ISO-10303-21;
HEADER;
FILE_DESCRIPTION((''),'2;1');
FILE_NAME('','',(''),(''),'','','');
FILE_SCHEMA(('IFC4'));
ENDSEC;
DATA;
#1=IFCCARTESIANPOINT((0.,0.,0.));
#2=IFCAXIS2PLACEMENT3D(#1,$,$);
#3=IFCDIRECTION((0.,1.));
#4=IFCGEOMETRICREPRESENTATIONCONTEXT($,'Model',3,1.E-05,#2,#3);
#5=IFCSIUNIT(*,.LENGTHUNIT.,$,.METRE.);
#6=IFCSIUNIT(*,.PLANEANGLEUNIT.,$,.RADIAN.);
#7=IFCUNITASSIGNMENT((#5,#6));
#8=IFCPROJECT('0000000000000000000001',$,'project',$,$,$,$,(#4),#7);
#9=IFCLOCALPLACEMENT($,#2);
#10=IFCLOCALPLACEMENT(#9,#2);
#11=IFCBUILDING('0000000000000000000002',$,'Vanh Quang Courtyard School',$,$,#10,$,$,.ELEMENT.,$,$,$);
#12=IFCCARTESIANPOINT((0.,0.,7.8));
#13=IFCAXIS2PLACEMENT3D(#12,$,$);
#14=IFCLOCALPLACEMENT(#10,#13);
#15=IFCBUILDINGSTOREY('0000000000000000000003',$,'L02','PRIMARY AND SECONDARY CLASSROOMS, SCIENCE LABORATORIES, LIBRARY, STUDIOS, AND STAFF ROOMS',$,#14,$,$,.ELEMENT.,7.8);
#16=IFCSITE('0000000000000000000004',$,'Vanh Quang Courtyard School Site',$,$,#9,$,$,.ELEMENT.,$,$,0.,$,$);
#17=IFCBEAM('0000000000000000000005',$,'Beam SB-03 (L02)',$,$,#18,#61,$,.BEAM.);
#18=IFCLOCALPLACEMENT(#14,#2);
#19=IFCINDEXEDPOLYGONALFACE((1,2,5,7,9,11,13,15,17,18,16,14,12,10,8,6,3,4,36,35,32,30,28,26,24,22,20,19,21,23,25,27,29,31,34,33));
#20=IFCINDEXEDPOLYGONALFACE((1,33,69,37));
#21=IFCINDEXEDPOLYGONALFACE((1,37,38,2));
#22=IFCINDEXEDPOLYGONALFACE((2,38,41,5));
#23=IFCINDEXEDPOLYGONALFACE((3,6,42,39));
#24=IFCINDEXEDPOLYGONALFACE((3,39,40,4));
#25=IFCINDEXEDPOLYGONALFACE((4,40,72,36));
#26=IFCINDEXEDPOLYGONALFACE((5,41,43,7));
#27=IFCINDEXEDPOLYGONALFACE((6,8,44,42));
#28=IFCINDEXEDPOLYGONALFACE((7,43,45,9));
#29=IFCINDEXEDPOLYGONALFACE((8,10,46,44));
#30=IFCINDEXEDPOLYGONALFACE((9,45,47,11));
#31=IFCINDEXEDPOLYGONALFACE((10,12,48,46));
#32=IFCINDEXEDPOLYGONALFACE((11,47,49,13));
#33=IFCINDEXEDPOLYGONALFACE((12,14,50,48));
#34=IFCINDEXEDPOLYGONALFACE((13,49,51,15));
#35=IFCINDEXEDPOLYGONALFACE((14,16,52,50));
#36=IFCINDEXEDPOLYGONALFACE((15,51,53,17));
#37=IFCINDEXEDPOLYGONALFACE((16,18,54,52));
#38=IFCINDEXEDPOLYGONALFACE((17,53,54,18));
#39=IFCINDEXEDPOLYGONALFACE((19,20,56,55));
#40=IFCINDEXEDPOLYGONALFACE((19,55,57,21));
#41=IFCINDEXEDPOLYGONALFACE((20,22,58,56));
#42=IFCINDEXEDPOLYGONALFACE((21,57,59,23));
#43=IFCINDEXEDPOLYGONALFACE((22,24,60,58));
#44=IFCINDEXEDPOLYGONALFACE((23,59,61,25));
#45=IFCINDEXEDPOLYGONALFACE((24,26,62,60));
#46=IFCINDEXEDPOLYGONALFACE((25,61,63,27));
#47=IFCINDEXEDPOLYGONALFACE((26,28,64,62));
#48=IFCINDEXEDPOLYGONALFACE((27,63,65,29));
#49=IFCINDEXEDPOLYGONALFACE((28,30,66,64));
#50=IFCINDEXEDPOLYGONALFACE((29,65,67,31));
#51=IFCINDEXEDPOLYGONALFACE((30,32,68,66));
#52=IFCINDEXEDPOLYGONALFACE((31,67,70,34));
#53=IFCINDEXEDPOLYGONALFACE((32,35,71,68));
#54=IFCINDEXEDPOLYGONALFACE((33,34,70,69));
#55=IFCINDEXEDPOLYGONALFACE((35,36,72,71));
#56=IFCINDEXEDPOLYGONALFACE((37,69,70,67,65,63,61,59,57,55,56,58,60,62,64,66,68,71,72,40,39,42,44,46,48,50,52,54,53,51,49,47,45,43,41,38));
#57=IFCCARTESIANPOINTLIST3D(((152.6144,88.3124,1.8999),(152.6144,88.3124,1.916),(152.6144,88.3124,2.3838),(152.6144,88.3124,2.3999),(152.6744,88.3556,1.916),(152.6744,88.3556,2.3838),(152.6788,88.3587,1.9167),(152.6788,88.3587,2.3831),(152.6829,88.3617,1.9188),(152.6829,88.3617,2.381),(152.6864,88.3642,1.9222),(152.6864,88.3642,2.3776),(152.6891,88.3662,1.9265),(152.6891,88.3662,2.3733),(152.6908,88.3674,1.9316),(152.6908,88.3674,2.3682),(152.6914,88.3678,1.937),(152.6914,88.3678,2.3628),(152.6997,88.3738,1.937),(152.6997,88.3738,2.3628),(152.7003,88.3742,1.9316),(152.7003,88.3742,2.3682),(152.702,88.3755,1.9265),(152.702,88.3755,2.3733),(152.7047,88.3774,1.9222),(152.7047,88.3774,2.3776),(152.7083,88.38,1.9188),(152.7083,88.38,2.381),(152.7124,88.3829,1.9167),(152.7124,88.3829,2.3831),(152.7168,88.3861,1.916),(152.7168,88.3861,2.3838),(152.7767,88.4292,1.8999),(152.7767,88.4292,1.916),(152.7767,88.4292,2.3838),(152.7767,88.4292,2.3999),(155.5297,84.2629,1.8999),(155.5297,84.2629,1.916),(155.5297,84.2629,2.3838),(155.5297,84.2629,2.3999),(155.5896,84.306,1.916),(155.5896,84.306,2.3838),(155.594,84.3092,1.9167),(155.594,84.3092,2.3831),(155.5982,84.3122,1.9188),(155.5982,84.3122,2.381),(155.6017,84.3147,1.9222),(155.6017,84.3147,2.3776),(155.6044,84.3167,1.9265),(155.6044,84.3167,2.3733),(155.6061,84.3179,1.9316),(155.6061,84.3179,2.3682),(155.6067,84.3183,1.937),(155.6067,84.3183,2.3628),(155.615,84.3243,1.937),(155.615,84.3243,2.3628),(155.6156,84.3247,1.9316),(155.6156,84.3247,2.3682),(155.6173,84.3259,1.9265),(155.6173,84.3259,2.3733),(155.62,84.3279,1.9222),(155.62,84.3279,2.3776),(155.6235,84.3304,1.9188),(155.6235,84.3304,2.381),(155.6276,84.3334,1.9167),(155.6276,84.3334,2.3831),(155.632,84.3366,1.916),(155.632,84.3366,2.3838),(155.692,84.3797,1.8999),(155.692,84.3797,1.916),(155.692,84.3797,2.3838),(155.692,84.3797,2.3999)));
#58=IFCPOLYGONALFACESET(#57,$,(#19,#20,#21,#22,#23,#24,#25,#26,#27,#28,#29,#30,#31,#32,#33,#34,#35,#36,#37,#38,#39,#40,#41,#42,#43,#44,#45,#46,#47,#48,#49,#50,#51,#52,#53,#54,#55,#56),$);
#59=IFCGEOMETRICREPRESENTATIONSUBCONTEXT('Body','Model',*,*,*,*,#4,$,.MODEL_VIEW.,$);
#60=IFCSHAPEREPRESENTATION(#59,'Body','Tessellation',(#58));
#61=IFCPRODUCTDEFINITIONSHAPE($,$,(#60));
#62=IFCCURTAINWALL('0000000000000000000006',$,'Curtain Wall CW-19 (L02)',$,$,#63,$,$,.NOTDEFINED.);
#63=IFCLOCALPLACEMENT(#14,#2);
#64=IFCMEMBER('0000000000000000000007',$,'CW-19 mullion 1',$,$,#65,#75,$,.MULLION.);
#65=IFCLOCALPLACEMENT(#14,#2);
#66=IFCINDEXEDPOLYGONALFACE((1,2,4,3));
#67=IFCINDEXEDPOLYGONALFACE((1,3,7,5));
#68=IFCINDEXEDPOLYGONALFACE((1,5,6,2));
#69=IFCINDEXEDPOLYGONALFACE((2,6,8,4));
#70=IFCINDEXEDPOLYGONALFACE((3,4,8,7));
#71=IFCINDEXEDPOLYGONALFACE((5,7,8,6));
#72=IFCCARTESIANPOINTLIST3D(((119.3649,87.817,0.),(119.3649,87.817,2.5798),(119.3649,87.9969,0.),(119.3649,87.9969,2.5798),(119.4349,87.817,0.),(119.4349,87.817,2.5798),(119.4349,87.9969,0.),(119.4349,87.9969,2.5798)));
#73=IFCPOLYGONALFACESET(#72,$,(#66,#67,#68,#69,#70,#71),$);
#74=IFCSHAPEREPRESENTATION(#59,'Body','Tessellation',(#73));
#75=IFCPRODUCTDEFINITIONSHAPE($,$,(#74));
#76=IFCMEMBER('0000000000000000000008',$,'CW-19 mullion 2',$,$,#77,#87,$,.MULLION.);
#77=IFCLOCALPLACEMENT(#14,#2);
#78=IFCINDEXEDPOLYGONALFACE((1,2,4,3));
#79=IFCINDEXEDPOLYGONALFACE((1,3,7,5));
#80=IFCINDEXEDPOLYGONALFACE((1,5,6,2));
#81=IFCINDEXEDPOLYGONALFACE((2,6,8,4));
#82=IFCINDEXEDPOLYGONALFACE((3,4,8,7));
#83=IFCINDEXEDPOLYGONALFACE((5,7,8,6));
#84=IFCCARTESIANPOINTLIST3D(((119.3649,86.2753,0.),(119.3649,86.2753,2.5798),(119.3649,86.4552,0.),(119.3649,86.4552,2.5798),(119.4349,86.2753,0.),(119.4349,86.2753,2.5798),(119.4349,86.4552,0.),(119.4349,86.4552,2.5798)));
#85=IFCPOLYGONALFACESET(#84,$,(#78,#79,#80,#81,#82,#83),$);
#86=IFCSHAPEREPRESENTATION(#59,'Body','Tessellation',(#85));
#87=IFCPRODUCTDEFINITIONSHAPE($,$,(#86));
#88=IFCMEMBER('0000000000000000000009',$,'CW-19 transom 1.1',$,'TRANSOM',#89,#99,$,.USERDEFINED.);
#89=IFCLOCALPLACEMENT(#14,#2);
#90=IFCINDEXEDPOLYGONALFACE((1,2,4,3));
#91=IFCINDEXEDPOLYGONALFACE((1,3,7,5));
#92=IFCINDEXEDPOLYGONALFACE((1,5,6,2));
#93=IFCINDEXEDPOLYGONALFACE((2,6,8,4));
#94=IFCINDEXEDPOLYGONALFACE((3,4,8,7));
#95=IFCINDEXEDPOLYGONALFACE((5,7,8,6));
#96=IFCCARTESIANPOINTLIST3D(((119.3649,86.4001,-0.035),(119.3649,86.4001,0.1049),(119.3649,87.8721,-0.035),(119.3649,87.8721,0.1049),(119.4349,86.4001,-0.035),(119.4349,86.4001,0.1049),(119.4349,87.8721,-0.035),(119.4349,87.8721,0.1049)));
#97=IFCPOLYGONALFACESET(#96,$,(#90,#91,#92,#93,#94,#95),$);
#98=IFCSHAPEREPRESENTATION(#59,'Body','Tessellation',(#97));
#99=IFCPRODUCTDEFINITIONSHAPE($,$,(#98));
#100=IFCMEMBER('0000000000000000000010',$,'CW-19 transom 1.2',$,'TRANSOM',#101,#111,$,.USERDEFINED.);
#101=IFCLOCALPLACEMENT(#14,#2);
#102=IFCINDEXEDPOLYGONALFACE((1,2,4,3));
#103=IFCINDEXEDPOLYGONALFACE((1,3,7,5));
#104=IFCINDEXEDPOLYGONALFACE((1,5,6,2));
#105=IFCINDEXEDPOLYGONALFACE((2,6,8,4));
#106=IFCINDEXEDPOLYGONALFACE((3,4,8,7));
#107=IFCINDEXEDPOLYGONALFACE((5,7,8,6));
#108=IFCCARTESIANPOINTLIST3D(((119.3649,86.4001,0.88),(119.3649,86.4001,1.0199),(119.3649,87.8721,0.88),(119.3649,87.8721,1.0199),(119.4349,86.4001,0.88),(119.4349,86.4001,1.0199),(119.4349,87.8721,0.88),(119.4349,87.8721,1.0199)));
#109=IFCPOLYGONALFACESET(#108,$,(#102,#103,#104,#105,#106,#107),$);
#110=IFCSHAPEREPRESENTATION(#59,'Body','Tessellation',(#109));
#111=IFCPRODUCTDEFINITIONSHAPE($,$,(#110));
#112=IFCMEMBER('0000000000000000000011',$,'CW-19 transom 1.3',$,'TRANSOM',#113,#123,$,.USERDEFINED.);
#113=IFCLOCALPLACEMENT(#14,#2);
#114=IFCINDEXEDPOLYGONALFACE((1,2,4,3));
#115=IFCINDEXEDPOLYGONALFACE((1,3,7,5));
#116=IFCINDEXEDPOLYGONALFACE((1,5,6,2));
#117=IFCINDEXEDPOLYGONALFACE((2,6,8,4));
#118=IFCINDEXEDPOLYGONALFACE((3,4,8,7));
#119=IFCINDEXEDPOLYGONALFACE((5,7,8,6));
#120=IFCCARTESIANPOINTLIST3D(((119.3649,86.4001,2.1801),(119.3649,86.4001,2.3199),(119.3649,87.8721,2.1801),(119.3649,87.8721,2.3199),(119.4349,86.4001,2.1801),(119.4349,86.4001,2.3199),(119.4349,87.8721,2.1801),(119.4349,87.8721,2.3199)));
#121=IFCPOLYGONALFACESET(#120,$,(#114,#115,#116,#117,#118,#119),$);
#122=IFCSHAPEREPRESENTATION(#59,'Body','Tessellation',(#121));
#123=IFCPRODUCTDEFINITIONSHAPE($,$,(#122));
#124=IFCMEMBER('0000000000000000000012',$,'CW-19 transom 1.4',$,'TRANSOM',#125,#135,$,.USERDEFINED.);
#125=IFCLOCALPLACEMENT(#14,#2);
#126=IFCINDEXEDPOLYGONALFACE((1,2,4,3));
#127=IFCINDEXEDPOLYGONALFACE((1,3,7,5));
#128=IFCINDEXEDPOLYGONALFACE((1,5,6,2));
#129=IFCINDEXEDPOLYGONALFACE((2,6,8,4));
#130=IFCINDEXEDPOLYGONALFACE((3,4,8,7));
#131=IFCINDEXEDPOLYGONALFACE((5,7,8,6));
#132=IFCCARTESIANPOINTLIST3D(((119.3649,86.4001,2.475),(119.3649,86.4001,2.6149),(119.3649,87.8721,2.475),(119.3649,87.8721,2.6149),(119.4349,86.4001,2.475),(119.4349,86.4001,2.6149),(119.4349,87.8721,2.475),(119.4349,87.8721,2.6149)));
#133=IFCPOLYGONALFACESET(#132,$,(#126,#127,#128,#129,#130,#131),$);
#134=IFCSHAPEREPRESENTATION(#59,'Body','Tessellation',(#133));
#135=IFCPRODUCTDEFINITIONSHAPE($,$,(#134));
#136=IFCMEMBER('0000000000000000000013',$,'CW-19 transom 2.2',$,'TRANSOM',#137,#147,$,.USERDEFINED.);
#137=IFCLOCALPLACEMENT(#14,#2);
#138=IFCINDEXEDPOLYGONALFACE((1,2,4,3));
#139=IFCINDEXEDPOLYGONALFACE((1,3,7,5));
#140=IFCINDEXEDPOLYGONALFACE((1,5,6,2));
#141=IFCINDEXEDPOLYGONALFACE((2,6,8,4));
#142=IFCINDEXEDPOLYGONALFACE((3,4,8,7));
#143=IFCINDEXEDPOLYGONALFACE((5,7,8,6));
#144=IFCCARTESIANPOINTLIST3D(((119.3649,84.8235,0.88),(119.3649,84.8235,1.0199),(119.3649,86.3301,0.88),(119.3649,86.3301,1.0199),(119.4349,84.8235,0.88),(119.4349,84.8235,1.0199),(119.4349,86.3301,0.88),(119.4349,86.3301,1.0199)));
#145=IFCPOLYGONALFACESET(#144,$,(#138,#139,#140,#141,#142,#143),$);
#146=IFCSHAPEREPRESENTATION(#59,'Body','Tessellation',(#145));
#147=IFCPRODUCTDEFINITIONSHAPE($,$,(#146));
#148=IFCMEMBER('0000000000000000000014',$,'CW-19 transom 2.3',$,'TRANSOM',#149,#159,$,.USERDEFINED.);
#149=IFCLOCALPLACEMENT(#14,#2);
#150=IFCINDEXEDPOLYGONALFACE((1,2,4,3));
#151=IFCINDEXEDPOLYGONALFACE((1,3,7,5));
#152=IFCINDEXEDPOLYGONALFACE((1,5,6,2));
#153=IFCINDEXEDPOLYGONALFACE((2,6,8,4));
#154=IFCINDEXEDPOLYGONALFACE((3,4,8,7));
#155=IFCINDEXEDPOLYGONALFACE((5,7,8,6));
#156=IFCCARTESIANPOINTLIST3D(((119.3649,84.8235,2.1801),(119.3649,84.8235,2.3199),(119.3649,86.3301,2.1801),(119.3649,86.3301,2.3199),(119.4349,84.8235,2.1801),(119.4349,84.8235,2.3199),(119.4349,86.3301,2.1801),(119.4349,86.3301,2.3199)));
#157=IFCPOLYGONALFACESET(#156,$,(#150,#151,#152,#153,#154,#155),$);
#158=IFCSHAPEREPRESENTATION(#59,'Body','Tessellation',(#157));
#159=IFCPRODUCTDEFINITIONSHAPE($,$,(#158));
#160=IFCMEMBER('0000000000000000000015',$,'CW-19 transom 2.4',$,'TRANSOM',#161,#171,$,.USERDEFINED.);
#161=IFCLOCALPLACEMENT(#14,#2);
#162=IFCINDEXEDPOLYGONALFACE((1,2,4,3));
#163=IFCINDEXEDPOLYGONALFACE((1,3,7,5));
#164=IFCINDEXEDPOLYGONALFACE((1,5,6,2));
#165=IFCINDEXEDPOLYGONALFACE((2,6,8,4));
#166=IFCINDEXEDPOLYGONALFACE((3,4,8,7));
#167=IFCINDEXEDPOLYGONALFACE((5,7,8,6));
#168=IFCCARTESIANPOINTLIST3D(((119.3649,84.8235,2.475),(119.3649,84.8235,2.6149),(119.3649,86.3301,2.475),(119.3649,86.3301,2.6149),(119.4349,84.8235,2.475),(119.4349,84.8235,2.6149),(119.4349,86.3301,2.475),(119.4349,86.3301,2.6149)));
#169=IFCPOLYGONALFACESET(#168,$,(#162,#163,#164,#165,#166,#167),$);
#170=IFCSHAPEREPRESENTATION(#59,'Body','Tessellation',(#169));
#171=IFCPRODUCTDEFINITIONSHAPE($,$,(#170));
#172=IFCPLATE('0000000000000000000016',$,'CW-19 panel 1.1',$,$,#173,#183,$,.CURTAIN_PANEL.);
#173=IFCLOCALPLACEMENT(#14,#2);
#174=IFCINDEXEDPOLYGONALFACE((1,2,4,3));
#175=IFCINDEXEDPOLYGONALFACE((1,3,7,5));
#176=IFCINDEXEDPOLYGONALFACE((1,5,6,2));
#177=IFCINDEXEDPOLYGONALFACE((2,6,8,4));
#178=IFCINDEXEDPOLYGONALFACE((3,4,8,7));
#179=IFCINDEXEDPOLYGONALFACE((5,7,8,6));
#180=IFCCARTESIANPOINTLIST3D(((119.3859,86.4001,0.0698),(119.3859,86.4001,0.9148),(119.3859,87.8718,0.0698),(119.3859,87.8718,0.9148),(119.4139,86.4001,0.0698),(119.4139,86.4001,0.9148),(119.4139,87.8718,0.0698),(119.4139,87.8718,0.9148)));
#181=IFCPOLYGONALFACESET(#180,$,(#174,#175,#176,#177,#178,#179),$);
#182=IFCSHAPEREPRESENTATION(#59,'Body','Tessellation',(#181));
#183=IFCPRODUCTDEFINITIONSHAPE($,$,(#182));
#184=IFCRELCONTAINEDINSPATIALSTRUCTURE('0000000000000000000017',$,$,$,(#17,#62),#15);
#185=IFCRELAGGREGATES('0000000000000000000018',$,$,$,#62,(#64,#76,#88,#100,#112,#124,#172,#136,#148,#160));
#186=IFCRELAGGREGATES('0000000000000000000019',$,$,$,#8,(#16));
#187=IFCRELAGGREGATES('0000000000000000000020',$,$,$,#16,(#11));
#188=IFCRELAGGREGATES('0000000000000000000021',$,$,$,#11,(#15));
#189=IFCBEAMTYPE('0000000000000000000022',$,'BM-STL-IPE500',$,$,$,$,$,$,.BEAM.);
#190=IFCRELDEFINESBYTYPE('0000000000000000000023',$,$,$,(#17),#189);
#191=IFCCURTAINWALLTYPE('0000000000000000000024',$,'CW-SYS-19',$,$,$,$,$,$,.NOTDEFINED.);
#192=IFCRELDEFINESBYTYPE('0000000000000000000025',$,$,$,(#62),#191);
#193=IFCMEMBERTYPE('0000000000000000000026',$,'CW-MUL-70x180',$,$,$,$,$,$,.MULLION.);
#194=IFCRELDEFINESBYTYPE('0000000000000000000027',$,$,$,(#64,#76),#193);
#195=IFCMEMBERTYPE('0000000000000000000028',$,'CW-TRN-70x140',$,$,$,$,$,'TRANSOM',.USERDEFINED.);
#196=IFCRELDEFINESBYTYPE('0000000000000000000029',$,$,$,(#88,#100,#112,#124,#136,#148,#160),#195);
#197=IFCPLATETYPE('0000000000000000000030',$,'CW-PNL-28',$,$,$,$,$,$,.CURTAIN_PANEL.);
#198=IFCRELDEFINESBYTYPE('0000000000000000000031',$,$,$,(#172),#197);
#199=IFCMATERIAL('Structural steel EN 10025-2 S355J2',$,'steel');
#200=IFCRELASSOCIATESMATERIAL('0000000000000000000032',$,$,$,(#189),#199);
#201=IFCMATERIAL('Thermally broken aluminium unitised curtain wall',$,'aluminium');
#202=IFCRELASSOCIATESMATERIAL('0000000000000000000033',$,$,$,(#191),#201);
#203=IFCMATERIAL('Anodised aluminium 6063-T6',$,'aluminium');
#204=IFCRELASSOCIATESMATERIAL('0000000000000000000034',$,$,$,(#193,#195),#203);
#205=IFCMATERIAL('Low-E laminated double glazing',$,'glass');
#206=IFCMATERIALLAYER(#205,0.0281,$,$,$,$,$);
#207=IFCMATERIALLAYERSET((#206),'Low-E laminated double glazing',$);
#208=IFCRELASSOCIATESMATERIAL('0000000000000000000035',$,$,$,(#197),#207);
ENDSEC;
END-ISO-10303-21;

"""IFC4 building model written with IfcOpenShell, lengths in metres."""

from ifc_helpers import new_model, si_unit, direction, frame, origin, origin_2d, place, context, subcontext, project, spatial, rectangle, i_section, extrude, material, layer, layer_set, material_profile, profile_set, type_object, element, aggregate, save


model = new_model("IFC4")

# Units and contexts
model_context = context("Model", 3, precision=1e-05, world=origin(), true_north=direction((0.0, 1.0)))
body_context = subcontext(model_context, "Body", "Model", "MODEL_VIEW")
ifc_project = project(units=[si_unit("LENGTHUNIT", "METRE"), si_unit("PLANEANGLEUNIT", "RADIAN")], contexts=[model_context])

# Site, building, storey
site_placement = place(None, origin())
site = spatial("IfcSite", under=ifc_project, at=site_placement, Name="Vanh Quang Courtyard School Site", CompositionType="ELEMENT", RefElevation=0.0)
building_placement = place(site_placement, origin())
building = spatial("IfcBuilding", under=site, at=building_placement, Name="Vanh Quang Courtyard School", CompositionType="ELEMENT")
storey_placement = place(building_placement, frame((0.0, 0.0, 7.8)))
storey = spatial("IfcBuildingStorey", under=building, at=storey_placement, Name="L02", Description="PRIMARY AND SECONDARY CLASSROOMS, SCIENCE LABORATORIES, LIBRARY, STUDIOS, AND STAFF ROOMS", CompositionType="ELEMENT", Elevation=7.8)

# Beam
ifc_material_1 = material(Name="Structural steel EN 10025-2 S355J2", Category="steel")
ifc_material_profile_1 = material_profile(ifc_material_1, i_section(OverallWidth=0.2, OverallDepth=0.5, WebThickness=0.0103, FlangeThickness=0.0161, FilletRadius=0.021, at=origin_2d()), Name="IPE 500")
ifc_profile_set_1 = profile_set([ifc_material_profile_1], Name="Structural steel EN 10025-2 S355J2")
beam_type_1 = type_object("IfcBeamType", Name="BM-STL-IPE500", PredefinedType="BEAM", material=ifc_profile_set_1)
for number, where, z_axis, x_axis, name in (
    (1, (155.6108, 84.3213, 2.1499), (-0.584252, 0.811572, 0.0), (-0.811572, -0.584252, 0.0), "Beam SB-03 (L02)"),
):
    element("IfcBeam", number, at=place(storey_placement, frame(where, z_axis=z_axis, x_axis=x_axis)), inside=storey, type_object=beam_type_1, Name=name, PredefinedType="BEAM", context=body_context, shape_type="SweptSolid", body=[
        extrude(i_section(OverallWidth=0.2, OverallDepth=0.5, WebThickness=0.0103, FlangeThickness=0.0161, FilletRadius=0.021, at=origin_2d()), origin(), (0.0, 0.0, 1.0), 4.9897),
    ])

# Curtain wall, members, plate
ifc_material_2 = material(Name="Thermally broken aluminium unitised curtain wall", Category="aluminium")
curtain_wall_type = type_object("IfcCurtainWallType", Name="CW-SYS-19", PredefinedType="NOTDEFINED", material=ifc_material_2)
curtain_wall_placement = place(storey_placement, origin())
curtain_wall = element("IfcCurtainWall", 2, at=curtain_wall_placement, inside=storey, type_object=curtain_wall_type, Name="Curtain Wall CW-19 (L02)", PredefinedType="NOTDEFINED")
ifc_material_3 = material(Name="Anodised aluminium 6063-T6", Category="aluminium")
ifc_material_profile_2 = material_profile(ifc_material_3, rectangle(XDim=0.0701, YDim=0.1799, at=origin_2d()), Name="ALU-MUL 70x180")
ifc_profile_set_2 = profile_set([ifc_material_profile_2], Name="Anodised aluminium 6063-T6")
member_type_1 = type_object("IfcMemberType", Name="CW-MUL-70x180", PredefinedType="MULLION", material=ifc_profile_set_2)
member_1_placement = place(storey_placement, frame((119.3999, 87.907, 0.0), z_axis=(0.0, 0.0, 1.0), x_axis=(1.0, 0.0, 0.0)))
member_1 = element("IfcMember", 3, at=member_1_placement, type_object=member_type_1, Name="CW-19 mullion 1", PredefinedType="MULLION", context=body_context, shape_type="SweptSolid", body=[
    extrude(rectangle(XDim=0.0701, YDim=0.1799, at=origin_2d()), origin(), (0.0, 0.0, 1.0), 2.5798),
])
member_2_placement = place(storey_placement, frame((119.3999, 86.3652, 0.0), z_axis=(0.0, 0.0, 1.0), x_axis=(1.0, 0.0, 0.0)))
member_2 = element("IfcMember", 4, at=member_2_placement, type_object=member_type_1, Name="CW-19 mullion 2", PredefinedType="MULLION", context=body_context, shape_type="SweptSolid", body=[
    extrude(rectangle(XDim=0.0701, YDim=0.1799, at=origin_2d()), origin(), (0.0, 0.0, 1.0), 2.5798),
])
ifc_material_profile_3 = material_profile(ifc_material_3, rectangle(XDim=0.0701, YDim=0.1399, at=origin_2d()), Name="ALU-TRN 70x140")
ifc_profile_set_3 = profile_set([ifc_material_profile_3], Name="Anodised aluminium 6063-T6")
member_type_2 = type_object("IfcMemberType", Name="CW-TRN-70x140", ElementType="TRANSOM", PredefinedType="USERDEFINED", material=ifc_profile_set_3)
member_3_placement = place(storey_placement, frame((119.3999, 87.8721, 0.0349), z_axis=(0.0, -1.0, 0.0), x_axis=(1.0, 0.0, 0.0)))
member_3 = element("IfcMember", 5, at=member_3_placement, type_object=member_type_2, Name="CW-19 transom 1.1", ObjectType="TRANSOM", PredefinedType="USERDEFINED", context=body_context, shape_type="SweptSolid", body=[
    extrude(rectangle(XDim=0.0701, YDim=0.1399, at=origin_2d()), origin(), (0.0, 0.0, 1.0), 1.4719),
])
member_4_placement = place(storey_placement, frame((119.3999, 87.8721, 0.95), z_axis=(0.0, -1.0, 0.0), x_axis=(1.0, 0.0, 0.0)))
member_4 = element("IfcMember", 6, at=member_4_placement, type_object=member_type_2, Name="CW-19 transom 1.2", ObjectType="TRANSOM", PredefinedType="USERDEFINED", context=body_context, shape_type="SweptSolid", body=[
    extrude(rectangle(XDim=0.0701, YDim=0.1399, at=origin_2d()), origin(), (0.0, 0.0, 1.0), 1.4719),
])
member_5_placement = place(storey_placement, frame((119.3999, 87.8721, 2.25), z_axis=(0.0, -1.0, 0.0), x_axis=(1.0, 0.0, 0.0)))
member_5 = element("IfcMember", 7, at=member_5_placement, type_object=member_type_2, Name="CW-19 transom 1.3", ObjectType="TRANSOM", PredefinedType="USERDEFINED", context=body_context, shape_type="SweptSolid", body=[
    extrude(rectangle(XDim=0.0701, YDim=0.1399, at=origin_2d()), origin(), (0.0, 0.0, 1.0), 1.4719),
])
member_6_placement = place(storey_placement, frame((119.3999, 87.8721, 2.5449), z_axis=(0.0, -1.0, 0.0), x_axis=(1.0, 0.0, 0.0)))
member_6 = element("IfcMember", 8, at=member_6_placement, type_object=member_type_2, Name="CW-19 transom 1.4", ObjectType="TRANSOM", PredefinedType="USERDEFINED", context=body_context, shape_type="SweptSolid", body=[
    extrude(rectangle(XDim=0.0701, YDim=0.1399, at=origin_2d()), origin(), (0.0, 0.0, 1.0), 1.4719),
])
member_7_placement = place(storey_placement, frame((119.3999, 86.3301, 0.95), z_axis=(0.0, -1.0, 0.0), x_axis=(1.0, 0.0, 0.0)))
member_7 = element("IfcMember", 9, at=member_7_placement, type_object=member_type_2, Name="CW-19 transom 2.2", ObjectType="TRANSOM", PredefinedType="USERDEFINED", context=body_context, shape_type="SweptSolid", body=[
    extrude(rectangle(XDim=0.0701, YDim=0.1399, at=origin_2d()), origin(), (0.0, 0.0, 1.0), 1.5066),
])
member_8_placement = place(storey_placement, frame((119.3999, 86.3301, 2.25), z_axis=(0.0, -1.0, 0.0), x_axis=(1.0, 0.0, 0.0)))
member_8 = element("IfcMember", 10, at=member_8_placement, type_object=member_type_2, Name="CW-19 transom 2.3", ObjectType="TRANSOM", PredefinedType="USERDEFINED", context=body_context, shape_type="SweptSolid", body=[
    extrude(rectangle(XDim=0.0701, YDim=0.1399, at=origin_2d()), origin(), (0.0, 0.0, 1.0), 1.5066),
])
member_9_placement = place(storey_placement, frame((119.3999, 86.3301, 2.5449), z_axis=(0.0, -1.0, 0.0), x_axis=(1.0, 0.0, 0.0)))
member_9 = element("IfcMember", 11, at=member_9_placement, type_object=member_type_2, Name="CW-19 transom 2.4", ObjectType="TRANSOM", PredefinedType="USERDEFINED", context=body_context, shape_type="SweptSolid", body=[
    extrude(rectangle(XDim=0.0701, YDim=0.1399, at=origin_2d()), origin(), (0.0, 0.0, 1.0), 1.5066),
])
ifc_material_4 = material(Name="Low-E laminated double glazing", Category="glass")
ifc_layer_1 = layer(ifc_material_4, 0.0281)
ifc_layer_set_1 = layer_set([ifc_layer_1], Name="Low-E laminated double glazing")
plate_type = type_object("IfcPlateType", Name="CW-PNL-28", PredefinedType="CURTAIN_PANEL", material=ifc_layer_set_1)
plate_1_placement = place(storey_placement, frame((119.3999, 87.136, 0.0698), z_axis=(0.0, 0.0, 1.0), x_axis=(0.0, -1.0, 0.0)))
plate_1 = element("IfcPlate", 12, at=plate_1_placement, type_object=plate_type, Name="CW-19 panel 1.1", PredefinedType="CURTAIN_PANEL", context=body_context, shape_type="SweptSolid", body=[
    extrude(rectangle(XDim=1.4717, YDim=0.0281, at=origin_2d()), origin(), (0.0, 0.0, 1.0), 0.845),
])
aggregate(curtain_wall, [member_1, member_2, member_3, member_4, member_5, member_6, plate_1, member_7, member_8, member_9])

save(model, "model.ifc")
